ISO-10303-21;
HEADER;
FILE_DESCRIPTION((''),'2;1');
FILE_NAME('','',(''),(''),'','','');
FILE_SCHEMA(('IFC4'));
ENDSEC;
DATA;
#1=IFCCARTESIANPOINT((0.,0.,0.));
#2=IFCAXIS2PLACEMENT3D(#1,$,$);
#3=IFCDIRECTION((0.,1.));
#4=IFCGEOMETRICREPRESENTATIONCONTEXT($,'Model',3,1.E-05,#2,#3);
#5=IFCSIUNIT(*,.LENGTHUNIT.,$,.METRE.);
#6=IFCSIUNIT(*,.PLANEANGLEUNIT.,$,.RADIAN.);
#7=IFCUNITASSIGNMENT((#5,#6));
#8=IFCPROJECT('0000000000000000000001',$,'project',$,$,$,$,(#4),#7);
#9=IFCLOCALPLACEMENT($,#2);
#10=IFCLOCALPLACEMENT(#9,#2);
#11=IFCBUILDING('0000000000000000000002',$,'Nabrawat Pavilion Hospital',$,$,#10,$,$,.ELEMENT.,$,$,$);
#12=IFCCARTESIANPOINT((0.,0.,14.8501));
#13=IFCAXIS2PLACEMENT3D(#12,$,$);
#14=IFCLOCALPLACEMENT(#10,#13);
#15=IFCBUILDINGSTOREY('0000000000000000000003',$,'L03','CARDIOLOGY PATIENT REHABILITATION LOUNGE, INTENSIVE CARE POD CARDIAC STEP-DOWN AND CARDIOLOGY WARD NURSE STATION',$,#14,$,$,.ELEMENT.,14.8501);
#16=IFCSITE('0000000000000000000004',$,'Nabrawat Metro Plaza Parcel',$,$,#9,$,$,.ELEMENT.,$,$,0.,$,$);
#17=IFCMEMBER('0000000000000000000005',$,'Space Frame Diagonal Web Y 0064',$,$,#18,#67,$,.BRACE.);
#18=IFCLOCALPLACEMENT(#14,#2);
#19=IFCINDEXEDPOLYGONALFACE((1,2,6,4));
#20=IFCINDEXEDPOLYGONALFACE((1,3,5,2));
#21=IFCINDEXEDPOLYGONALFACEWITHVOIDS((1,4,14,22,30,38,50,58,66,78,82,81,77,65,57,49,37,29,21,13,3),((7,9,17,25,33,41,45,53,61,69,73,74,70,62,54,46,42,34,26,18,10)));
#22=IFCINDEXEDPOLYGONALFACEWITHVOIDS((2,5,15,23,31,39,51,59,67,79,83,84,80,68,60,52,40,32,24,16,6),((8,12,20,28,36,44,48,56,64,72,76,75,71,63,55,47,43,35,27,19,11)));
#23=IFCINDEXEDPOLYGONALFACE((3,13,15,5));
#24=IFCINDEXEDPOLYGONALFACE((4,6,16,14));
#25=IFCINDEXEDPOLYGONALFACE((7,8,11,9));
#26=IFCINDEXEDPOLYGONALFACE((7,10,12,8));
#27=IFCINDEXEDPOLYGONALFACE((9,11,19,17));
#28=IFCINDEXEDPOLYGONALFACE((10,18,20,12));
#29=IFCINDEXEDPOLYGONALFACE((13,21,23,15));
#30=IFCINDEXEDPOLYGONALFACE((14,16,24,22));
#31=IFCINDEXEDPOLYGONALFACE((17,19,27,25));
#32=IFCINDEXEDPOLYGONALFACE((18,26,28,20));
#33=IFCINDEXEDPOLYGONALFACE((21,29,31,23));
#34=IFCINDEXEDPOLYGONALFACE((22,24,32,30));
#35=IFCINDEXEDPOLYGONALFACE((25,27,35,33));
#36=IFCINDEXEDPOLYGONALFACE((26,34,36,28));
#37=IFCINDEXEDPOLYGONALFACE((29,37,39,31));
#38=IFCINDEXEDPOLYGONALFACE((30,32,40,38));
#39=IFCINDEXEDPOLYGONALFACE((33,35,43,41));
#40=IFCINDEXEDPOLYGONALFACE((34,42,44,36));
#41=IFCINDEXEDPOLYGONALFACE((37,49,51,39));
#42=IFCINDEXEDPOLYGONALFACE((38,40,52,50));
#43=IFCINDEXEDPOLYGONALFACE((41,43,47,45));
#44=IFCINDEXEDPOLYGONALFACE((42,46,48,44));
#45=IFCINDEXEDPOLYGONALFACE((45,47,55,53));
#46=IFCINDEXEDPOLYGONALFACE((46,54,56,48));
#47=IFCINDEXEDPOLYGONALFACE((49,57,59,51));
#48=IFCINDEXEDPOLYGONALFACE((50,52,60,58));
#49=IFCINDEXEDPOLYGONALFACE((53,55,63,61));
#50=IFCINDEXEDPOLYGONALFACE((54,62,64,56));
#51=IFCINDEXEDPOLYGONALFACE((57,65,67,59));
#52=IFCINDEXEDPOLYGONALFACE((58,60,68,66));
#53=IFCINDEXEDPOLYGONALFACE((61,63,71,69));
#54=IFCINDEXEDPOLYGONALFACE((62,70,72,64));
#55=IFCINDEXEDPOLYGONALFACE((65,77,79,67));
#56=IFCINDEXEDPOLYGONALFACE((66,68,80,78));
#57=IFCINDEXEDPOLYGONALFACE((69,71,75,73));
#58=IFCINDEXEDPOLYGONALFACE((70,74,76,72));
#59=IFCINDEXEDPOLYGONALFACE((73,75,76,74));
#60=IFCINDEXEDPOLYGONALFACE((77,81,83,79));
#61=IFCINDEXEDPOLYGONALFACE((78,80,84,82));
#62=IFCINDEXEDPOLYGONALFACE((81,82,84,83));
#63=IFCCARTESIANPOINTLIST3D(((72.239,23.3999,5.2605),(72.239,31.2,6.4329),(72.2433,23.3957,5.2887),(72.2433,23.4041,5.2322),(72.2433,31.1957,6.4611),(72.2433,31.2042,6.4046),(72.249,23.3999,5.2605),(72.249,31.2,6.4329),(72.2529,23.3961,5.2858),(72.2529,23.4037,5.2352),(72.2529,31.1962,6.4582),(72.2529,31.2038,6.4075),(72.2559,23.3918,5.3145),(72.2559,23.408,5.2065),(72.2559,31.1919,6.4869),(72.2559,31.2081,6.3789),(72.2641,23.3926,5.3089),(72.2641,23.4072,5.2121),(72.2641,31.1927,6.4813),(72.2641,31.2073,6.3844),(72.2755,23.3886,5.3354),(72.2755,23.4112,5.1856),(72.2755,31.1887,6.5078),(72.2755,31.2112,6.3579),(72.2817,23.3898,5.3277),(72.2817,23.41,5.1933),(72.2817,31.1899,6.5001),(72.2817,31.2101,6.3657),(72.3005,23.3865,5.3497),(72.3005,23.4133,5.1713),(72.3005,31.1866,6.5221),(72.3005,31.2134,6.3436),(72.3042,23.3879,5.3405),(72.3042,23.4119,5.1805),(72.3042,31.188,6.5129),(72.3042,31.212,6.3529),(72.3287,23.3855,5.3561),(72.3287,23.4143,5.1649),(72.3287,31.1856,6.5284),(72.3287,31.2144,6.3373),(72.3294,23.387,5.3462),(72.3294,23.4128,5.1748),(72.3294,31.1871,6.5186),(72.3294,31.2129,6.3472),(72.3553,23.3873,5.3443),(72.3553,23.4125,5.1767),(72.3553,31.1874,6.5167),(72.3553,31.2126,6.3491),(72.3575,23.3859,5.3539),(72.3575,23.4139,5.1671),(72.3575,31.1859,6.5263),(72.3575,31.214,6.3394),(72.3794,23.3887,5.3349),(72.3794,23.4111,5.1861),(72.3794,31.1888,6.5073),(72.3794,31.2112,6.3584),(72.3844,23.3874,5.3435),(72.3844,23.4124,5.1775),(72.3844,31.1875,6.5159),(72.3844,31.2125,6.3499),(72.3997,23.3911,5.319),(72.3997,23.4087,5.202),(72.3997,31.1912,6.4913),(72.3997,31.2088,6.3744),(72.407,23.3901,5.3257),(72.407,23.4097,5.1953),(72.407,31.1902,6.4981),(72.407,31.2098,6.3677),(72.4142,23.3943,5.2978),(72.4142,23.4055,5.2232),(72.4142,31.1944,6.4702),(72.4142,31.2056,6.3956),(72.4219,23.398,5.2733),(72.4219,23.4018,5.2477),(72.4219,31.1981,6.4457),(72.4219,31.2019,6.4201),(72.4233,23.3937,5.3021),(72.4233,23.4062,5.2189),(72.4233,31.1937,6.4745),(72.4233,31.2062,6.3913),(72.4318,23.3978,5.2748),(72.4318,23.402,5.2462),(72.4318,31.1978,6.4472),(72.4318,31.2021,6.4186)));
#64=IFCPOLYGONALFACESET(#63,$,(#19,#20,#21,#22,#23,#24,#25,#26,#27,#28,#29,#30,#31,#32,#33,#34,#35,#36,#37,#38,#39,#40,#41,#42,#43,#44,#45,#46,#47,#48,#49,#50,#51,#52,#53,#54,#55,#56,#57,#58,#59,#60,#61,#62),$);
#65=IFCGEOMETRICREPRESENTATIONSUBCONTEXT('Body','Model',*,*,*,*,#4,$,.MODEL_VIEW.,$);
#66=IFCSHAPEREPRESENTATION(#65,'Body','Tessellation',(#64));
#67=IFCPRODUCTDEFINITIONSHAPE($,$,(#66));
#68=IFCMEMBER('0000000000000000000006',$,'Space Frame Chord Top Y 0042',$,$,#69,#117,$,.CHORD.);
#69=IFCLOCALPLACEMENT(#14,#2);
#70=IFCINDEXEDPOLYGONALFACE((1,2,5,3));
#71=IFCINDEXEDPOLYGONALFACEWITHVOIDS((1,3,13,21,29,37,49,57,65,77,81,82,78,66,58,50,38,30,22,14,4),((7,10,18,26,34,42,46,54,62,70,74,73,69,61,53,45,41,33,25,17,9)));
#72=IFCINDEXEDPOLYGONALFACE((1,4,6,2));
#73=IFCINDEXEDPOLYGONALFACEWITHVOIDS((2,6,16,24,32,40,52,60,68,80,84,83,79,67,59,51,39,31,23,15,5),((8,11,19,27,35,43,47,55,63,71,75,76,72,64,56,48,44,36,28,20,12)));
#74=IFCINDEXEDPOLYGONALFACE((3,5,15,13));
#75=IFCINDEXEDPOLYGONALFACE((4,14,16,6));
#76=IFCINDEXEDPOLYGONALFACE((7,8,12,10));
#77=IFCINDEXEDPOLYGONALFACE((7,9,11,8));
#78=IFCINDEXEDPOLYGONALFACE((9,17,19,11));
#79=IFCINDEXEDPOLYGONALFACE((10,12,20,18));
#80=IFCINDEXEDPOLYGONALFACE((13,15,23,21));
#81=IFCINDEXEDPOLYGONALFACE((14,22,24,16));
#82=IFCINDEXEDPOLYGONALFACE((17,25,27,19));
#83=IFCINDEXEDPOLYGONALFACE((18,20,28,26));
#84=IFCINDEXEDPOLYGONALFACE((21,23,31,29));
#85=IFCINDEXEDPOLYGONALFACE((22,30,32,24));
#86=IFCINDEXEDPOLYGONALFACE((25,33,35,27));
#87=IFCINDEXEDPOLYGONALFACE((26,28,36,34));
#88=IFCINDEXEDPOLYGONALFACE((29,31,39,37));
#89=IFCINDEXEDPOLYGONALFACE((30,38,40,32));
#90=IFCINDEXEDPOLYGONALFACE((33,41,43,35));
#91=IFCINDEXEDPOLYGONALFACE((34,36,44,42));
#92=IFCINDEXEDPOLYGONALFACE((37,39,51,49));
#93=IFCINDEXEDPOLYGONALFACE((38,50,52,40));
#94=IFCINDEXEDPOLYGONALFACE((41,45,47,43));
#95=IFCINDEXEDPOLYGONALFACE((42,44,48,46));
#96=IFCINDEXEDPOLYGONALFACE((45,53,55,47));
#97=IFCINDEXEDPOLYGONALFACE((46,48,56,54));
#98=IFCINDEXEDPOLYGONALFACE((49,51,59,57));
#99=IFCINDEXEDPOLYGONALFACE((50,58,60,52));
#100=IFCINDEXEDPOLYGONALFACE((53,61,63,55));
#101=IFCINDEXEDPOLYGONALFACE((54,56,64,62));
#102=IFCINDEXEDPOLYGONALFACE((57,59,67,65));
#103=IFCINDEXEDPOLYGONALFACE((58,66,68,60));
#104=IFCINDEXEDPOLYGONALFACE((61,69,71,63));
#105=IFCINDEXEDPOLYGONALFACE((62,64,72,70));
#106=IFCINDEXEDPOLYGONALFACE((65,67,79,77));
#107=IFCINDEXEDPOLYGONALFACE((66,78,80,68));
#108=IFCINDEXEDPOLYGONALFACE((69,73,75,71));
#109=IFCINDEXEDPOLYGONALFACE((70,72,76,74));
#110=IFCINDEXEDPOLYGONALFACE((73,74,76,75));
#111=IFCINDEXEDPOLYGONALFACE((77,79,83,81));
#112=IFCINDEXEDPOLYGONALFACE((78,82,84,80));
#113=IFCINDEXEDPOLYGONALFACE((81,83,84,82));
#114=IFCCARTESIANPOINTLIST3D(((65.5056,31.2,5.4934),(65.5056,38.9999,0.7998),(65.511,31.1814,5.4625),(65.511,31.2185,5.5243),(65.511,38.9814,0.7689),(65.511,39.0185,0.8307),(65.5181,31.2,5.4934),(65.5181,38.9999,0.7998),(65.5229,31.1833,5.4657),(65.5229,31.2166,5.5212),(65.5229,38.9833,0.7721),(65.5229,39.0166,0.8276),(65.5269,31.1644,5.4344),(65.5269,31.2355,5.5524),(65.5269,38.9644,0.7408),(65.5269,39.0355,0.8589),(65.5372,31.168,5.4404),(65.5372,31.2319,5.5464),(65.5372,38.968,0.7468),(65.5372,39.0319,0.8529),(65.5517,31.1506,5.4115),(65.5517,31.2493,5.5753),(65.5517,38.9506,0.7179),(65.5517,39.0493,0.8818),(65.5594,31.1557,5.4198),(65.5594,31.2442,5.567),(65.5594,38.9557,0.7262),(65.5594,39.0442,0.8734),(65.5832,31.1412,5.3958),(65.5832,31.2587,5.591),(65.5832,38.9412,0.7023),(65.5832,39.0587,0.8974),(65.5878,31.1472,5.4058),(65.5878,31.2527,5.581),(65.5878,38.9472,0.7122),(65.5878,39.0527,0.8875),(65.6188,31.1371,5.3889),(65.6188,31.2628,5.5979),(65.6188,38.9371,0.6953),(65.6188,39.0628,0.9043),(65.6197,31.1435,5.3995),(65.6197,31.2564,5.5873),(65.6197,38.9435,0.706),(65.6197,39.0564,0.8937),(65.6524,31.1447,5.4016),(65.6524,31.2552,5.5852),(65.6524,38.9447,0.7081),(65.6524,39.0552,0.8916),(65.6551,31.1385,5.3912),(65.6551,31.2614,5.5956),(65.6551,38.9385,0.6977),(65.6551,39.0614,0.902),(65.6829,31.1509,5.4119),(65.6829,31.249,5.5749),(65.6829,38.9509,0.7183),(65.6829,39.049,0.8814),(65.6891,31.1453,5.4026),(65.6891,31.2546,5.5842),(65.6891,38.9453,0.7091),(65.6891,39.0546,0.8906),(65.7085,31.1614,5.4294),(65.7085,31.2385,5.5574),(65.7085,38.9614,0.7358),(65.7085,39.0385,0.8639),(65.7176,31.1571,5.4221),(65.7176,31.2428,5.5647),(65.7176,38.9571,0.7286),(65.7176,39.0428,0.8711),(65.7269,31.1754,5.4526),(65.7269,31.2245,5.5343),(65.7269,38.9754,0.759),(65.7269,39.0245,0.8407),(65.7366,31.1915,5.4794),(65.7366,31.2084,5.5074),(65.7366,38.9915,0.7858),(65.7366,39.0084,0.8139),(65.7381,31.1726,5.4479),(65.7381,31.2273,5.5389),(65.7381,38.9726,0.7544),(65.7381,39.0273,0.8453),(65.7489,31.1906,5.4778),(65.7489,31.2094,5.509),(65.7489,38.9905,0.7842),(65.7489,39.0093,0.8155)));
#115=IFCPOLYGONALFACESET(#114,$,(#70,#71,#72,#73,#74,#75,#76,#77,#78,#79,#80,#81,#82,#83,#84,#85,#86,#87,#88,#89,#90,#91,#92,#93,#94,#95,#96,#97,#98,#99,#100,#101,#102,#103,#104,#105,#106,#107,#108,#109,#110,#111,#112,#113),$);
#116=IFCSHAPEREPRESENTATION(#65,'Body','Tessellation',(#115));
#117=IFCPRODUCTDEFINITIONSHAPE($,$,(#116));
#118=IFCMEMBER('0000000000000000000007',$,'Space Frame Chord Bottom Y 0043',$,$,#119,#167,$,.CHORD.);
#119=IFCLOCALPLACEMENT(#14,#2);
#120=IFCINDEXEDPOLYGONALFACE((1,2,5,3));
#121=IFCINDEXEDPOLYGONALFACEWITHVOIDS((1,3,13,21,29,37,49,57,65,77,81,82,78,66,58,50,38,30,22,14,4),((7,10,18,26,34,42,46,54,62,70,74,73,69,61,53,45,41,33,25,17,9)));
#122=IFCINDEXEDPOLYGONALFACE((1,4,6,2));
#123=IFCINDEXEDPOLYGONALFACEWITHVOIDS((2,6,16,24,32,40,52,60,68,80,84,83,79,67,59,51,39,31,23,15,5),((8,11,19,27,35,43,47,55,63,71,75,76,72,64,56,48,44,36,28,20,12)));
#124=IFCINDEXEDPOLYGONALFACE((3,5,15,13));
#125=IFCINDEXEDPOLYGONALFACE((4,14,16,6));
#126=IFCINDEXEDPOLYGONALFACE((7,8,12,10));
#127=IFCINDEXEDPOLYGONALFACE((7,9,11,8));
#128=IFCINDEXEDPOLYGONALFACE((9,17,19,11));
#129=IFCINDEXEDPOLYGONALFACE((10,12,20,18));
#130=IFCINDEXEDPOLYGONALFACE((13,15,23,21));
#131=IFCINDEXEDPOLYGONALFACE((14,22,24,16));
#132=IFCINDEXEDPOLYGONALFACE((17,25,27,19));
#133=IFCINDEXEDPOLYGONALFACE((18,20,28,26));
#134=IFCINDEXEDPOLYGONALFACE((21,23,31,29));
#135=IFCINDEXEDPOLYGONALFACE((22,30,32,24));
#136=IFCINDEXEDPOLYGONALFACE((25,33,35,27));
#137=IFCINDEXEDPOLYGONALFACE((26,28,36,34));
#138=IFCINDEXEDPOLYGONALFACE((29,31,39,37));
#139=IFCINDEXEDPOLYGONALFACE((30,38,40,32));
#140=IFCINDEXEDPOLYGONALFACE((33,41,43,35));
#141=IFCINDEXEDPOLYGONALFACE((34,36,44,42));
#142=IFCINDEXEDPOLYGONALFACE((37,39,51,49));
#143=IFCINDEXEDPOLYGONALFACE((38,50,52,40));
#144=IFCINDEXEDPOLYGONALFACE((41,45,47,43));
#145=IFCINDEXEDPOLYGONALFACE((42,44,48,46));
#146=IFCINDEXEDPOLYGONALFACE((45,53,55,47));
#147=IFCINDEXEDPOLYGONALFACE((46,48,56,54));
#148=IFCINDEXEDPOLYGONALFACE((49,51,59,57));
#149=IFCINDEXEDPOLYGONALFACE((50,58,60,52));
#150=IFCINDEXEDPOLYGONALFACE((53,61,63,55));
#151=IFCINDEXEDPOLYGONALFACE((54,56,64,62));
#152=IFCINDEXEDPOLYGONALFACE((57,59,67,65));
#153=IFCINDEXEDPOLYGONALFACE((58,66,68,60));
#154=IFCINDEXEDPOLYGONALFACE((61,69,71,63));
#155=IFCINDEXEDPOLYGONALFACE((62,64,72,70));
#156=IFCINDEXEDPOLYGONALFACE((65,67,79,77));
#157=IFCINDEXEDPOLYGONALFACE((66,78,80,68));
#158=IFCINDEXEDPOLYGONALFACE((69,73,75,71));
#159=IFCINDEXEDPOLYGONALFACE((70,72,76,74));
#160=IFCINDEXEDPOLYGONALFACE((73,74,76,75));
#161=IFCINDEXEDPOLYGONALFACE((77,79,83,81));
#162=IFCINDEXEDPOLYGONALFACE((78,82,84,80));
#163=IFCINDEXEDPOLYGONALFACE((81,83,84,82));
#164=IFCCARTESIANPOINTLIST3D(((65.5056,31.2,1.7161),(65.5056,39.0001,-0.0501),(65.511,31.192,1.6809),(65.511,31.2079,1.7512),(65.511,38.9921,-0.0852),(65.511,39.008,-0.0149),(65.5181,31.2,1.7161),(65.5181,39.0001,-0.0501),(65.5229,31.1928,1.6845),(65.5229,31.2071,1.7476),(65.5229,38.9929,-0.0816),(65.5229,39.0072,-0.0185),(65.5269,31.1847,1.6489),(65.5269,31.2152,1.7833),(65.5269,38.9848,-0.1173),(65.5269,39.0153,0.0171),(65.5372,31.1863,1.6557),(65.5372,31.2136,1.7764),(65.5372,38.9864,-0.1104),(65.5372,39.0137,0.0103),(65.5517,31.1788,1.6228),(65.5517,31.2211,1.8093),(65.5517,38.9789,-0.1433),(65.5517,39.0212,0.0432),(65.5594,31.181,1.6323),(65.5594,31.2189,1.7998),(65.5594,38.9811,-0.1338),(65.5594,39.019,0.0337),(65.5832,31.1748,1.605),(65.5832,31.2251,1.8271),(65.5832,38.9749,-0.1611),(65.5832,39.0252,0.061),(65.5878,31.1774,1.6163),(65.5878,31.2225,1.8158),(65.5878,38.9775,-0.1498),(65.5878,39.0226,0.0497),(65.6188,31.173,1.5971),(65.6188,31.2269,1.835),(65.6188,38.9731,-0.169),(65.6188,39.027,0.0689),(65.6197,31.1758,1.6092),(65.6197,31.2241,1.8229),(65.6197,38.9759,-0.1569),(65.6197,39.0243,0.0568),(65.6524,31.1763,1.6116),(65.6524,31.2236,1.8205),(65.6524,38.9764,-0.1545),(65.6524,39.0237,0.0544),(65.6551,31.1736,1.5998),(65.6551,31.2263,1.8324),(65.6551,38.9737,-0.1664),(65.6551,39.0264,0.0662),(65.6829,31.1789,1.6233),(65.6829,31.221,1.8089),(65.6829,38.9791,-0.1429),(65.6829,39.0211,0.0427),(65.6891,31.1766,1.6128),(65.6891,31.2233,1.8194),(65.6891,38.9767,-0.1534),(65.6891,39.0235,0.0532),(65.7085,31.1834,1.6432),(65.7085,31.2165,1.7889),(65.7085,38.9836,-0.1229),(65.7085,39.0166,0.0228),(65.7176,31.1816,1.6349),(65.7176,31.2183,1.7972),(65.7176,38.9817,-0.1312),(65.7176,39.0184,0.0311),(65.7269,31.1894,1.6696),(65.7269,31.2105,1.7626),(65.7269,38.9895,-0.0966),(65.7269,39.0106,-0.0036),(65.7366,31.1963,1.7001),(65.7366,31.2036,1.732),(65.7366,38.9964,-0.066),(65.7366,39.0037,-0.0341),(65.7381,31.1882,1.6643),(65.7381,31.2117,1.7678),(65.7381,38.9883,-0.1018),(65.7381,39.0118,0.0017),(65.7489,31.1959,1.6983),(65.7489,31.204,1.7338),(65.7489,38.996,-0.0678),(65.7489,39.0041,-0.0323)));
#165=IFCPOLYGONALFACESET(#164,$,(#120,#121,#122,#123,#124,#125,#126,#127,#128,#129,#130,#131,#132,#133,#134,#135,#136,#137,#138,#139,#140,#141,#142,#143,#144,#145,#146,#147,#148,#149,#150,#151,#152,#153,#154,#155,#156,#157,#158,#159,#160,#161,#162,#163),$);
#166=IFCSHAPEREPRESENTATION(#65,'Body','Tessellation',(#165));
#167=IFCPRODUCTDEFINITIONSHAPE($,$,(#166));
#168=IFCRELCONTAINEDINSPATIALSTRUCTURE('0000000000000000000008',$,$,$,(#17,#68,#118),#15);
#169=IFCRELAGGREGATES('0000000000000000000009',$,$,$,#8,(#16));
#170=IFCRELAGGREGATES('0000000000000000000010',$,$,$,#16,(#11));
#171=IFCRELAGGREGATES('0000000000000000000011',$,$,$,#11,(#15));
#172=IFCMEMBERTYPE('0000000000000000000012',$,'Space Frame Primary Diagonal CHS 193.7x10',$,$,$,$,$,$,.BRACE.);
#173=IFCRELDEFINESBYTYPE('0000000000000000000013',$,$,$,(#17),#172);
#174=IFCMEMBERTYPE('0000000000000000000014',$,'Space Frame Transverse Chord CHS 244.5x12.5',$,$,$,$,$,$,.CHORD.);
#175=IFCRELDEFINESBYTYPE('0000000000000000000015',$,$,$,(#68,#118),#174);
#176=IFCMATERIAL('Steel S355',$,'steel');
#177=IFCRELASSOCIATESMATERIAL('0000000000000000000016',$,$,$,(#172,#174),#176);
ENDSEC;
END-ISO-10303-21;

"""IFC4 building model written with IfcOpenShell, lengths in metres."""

from ifc_helpers import new_model, si_unit, direction, frame, origin, origin_2d, place, context, subcontext, project, spatial, hollow_circle, extrude, material, material_profile, profile_set, type_object, element, save


model = new_model("IFC4")

# Units and contexts
model_context = context("Model", 3, precision=1e-05, world=origin(), true_north=direction((0.0, 1.0)))
body_context = subcontext(model_context, "Body", "Model", "MODEL_VIEW")
ifc_project = project(units=[si_unit("LENGTHUNIT", "METRE"), si_unit("PLANEANGLEUNIT", "RADIAN")], contexts=[model_context])

# Site, building, storey
site_placement = place(None, origin())
site = spatial("IfcSite", under=ifc_project, at=site_placement, Name="Nabrawat Metro Plaza Parcel", CompositionType="ELEMENT", RefElevation=0.0)
building_placement = place(site_placement, origin())
building = spatial("IfcBuilding", under=site, at=building_placement, Name="Nabrawat Pavilion Hospital", CompositionType="ELEMENT")
storey_placement = place(building_placement, frame((0.0, 0.0, 14.8501)))
storey = spatial("IfcBuildingStorey", under=building, at=storey_placement, Name="L03", Description="CARDIOLOGY PATIENT REHABILITATION LOUNGE, INTENSIVE CARE POD CARDIAC STEP-DOWN AND CARDIOLOGY WARD NURSE STATION", CompositionType="ELEMENT", Elevation=14.8501)

# Members
ifc_material = material(Name="Steel S355", Category="steel")
ifc_material_profile_1 = material_profile(ifc_material, hollow_circle(Radius=0.0969, WallThickness=0.01, at=origin_2d()), Name="CHS 193.7x10")
ifc_profile_set_1 = profile_set([ifc_material_profile_1], Name="Steel S355")
member_type_1 = type_object("IfcMemberType", Name="Space Frame Primary Diagonal CHS 193.7x10", PredefinedType="BRACE", material=ifc_profile_set_1)
member_1_placement = place(storey_placement, frame((72.3359, 23.3999, 5.2605), z_axis=(0.0, 0.988892, 0.148633), x_axis=(-1.0, 0.0, 0.0)))
element("IfcMember", 1, at=member_1_placement, inside=storey, type_object=member_type_1, Name="Space Frame Diagonal Web Y 0064", PredefinedType="BRACE", context=body_context, shape_type="SweptSolid", body=[
    extrude(hollow_circle(Radius=0.0969, WallThickness=0.01, at=origin_2d()), origin(), (0.0, 0.0, 1.0), 7.8877),
])
ifc_material_profile_2 = material_profile(ifc_material, hollow_circle(Radius=0.1223, WallThickness=0.0125, at=origin_2d()), Name="CHS 244.5x12.5")
ifc_profile_set_2 = profile_set([ifc_material_profile_2], Name="Steel S355")
member_type_2 = type_object("IfcMemberType", Name="Space Frame Transverse Chord CHS 244.5x12.5", PredefinedType="CHORD", material=ifc_profile_set_2)
member_2_placement = place(storey_placement, frame((65.6279, 31.2, 5.4934), z_axis=(0.0, 0.856834, -0.515592), x_axis=(-1.0, 0.0, 0.0)))
element("IfcMember", 2, at=member_2_placement, inside=storey, type_object=member_type_2, Name="Space Frame Chord Top Y 0042", PredefinedType="CHORD", context=body_context, shape_type="SweptSolid", body=[
    extrude(hollow_circle(Radius=0.1223, WallThickness=0.0125, at=origin_2d()), origin(), (0.0, 0.0, 1.0), 9.1033),
])
member_3_placement = place(storey_placement, frame((65.6279, 31.2, 1.7161), z_axis=(0.0, 0.975312, -0.220833), x_axis=(-1.0, 0.0, 0.0)))
element("IfcMember", 3, at=member_3_placement, inside=storey, type_object=member_type_2, Name="Space Frame Chord Bottom Y 0043", PredefinedType="CHORD", context=body_context, shape_type="SweptSolid", body=[
    extrude(hollow_circle(Radius=0.1223, WallThickness=0.0125, at=origin_2d()), origin(), (0.0, 0.0, 1.0), 7.9976),
])

save(model, "model.ifc")
